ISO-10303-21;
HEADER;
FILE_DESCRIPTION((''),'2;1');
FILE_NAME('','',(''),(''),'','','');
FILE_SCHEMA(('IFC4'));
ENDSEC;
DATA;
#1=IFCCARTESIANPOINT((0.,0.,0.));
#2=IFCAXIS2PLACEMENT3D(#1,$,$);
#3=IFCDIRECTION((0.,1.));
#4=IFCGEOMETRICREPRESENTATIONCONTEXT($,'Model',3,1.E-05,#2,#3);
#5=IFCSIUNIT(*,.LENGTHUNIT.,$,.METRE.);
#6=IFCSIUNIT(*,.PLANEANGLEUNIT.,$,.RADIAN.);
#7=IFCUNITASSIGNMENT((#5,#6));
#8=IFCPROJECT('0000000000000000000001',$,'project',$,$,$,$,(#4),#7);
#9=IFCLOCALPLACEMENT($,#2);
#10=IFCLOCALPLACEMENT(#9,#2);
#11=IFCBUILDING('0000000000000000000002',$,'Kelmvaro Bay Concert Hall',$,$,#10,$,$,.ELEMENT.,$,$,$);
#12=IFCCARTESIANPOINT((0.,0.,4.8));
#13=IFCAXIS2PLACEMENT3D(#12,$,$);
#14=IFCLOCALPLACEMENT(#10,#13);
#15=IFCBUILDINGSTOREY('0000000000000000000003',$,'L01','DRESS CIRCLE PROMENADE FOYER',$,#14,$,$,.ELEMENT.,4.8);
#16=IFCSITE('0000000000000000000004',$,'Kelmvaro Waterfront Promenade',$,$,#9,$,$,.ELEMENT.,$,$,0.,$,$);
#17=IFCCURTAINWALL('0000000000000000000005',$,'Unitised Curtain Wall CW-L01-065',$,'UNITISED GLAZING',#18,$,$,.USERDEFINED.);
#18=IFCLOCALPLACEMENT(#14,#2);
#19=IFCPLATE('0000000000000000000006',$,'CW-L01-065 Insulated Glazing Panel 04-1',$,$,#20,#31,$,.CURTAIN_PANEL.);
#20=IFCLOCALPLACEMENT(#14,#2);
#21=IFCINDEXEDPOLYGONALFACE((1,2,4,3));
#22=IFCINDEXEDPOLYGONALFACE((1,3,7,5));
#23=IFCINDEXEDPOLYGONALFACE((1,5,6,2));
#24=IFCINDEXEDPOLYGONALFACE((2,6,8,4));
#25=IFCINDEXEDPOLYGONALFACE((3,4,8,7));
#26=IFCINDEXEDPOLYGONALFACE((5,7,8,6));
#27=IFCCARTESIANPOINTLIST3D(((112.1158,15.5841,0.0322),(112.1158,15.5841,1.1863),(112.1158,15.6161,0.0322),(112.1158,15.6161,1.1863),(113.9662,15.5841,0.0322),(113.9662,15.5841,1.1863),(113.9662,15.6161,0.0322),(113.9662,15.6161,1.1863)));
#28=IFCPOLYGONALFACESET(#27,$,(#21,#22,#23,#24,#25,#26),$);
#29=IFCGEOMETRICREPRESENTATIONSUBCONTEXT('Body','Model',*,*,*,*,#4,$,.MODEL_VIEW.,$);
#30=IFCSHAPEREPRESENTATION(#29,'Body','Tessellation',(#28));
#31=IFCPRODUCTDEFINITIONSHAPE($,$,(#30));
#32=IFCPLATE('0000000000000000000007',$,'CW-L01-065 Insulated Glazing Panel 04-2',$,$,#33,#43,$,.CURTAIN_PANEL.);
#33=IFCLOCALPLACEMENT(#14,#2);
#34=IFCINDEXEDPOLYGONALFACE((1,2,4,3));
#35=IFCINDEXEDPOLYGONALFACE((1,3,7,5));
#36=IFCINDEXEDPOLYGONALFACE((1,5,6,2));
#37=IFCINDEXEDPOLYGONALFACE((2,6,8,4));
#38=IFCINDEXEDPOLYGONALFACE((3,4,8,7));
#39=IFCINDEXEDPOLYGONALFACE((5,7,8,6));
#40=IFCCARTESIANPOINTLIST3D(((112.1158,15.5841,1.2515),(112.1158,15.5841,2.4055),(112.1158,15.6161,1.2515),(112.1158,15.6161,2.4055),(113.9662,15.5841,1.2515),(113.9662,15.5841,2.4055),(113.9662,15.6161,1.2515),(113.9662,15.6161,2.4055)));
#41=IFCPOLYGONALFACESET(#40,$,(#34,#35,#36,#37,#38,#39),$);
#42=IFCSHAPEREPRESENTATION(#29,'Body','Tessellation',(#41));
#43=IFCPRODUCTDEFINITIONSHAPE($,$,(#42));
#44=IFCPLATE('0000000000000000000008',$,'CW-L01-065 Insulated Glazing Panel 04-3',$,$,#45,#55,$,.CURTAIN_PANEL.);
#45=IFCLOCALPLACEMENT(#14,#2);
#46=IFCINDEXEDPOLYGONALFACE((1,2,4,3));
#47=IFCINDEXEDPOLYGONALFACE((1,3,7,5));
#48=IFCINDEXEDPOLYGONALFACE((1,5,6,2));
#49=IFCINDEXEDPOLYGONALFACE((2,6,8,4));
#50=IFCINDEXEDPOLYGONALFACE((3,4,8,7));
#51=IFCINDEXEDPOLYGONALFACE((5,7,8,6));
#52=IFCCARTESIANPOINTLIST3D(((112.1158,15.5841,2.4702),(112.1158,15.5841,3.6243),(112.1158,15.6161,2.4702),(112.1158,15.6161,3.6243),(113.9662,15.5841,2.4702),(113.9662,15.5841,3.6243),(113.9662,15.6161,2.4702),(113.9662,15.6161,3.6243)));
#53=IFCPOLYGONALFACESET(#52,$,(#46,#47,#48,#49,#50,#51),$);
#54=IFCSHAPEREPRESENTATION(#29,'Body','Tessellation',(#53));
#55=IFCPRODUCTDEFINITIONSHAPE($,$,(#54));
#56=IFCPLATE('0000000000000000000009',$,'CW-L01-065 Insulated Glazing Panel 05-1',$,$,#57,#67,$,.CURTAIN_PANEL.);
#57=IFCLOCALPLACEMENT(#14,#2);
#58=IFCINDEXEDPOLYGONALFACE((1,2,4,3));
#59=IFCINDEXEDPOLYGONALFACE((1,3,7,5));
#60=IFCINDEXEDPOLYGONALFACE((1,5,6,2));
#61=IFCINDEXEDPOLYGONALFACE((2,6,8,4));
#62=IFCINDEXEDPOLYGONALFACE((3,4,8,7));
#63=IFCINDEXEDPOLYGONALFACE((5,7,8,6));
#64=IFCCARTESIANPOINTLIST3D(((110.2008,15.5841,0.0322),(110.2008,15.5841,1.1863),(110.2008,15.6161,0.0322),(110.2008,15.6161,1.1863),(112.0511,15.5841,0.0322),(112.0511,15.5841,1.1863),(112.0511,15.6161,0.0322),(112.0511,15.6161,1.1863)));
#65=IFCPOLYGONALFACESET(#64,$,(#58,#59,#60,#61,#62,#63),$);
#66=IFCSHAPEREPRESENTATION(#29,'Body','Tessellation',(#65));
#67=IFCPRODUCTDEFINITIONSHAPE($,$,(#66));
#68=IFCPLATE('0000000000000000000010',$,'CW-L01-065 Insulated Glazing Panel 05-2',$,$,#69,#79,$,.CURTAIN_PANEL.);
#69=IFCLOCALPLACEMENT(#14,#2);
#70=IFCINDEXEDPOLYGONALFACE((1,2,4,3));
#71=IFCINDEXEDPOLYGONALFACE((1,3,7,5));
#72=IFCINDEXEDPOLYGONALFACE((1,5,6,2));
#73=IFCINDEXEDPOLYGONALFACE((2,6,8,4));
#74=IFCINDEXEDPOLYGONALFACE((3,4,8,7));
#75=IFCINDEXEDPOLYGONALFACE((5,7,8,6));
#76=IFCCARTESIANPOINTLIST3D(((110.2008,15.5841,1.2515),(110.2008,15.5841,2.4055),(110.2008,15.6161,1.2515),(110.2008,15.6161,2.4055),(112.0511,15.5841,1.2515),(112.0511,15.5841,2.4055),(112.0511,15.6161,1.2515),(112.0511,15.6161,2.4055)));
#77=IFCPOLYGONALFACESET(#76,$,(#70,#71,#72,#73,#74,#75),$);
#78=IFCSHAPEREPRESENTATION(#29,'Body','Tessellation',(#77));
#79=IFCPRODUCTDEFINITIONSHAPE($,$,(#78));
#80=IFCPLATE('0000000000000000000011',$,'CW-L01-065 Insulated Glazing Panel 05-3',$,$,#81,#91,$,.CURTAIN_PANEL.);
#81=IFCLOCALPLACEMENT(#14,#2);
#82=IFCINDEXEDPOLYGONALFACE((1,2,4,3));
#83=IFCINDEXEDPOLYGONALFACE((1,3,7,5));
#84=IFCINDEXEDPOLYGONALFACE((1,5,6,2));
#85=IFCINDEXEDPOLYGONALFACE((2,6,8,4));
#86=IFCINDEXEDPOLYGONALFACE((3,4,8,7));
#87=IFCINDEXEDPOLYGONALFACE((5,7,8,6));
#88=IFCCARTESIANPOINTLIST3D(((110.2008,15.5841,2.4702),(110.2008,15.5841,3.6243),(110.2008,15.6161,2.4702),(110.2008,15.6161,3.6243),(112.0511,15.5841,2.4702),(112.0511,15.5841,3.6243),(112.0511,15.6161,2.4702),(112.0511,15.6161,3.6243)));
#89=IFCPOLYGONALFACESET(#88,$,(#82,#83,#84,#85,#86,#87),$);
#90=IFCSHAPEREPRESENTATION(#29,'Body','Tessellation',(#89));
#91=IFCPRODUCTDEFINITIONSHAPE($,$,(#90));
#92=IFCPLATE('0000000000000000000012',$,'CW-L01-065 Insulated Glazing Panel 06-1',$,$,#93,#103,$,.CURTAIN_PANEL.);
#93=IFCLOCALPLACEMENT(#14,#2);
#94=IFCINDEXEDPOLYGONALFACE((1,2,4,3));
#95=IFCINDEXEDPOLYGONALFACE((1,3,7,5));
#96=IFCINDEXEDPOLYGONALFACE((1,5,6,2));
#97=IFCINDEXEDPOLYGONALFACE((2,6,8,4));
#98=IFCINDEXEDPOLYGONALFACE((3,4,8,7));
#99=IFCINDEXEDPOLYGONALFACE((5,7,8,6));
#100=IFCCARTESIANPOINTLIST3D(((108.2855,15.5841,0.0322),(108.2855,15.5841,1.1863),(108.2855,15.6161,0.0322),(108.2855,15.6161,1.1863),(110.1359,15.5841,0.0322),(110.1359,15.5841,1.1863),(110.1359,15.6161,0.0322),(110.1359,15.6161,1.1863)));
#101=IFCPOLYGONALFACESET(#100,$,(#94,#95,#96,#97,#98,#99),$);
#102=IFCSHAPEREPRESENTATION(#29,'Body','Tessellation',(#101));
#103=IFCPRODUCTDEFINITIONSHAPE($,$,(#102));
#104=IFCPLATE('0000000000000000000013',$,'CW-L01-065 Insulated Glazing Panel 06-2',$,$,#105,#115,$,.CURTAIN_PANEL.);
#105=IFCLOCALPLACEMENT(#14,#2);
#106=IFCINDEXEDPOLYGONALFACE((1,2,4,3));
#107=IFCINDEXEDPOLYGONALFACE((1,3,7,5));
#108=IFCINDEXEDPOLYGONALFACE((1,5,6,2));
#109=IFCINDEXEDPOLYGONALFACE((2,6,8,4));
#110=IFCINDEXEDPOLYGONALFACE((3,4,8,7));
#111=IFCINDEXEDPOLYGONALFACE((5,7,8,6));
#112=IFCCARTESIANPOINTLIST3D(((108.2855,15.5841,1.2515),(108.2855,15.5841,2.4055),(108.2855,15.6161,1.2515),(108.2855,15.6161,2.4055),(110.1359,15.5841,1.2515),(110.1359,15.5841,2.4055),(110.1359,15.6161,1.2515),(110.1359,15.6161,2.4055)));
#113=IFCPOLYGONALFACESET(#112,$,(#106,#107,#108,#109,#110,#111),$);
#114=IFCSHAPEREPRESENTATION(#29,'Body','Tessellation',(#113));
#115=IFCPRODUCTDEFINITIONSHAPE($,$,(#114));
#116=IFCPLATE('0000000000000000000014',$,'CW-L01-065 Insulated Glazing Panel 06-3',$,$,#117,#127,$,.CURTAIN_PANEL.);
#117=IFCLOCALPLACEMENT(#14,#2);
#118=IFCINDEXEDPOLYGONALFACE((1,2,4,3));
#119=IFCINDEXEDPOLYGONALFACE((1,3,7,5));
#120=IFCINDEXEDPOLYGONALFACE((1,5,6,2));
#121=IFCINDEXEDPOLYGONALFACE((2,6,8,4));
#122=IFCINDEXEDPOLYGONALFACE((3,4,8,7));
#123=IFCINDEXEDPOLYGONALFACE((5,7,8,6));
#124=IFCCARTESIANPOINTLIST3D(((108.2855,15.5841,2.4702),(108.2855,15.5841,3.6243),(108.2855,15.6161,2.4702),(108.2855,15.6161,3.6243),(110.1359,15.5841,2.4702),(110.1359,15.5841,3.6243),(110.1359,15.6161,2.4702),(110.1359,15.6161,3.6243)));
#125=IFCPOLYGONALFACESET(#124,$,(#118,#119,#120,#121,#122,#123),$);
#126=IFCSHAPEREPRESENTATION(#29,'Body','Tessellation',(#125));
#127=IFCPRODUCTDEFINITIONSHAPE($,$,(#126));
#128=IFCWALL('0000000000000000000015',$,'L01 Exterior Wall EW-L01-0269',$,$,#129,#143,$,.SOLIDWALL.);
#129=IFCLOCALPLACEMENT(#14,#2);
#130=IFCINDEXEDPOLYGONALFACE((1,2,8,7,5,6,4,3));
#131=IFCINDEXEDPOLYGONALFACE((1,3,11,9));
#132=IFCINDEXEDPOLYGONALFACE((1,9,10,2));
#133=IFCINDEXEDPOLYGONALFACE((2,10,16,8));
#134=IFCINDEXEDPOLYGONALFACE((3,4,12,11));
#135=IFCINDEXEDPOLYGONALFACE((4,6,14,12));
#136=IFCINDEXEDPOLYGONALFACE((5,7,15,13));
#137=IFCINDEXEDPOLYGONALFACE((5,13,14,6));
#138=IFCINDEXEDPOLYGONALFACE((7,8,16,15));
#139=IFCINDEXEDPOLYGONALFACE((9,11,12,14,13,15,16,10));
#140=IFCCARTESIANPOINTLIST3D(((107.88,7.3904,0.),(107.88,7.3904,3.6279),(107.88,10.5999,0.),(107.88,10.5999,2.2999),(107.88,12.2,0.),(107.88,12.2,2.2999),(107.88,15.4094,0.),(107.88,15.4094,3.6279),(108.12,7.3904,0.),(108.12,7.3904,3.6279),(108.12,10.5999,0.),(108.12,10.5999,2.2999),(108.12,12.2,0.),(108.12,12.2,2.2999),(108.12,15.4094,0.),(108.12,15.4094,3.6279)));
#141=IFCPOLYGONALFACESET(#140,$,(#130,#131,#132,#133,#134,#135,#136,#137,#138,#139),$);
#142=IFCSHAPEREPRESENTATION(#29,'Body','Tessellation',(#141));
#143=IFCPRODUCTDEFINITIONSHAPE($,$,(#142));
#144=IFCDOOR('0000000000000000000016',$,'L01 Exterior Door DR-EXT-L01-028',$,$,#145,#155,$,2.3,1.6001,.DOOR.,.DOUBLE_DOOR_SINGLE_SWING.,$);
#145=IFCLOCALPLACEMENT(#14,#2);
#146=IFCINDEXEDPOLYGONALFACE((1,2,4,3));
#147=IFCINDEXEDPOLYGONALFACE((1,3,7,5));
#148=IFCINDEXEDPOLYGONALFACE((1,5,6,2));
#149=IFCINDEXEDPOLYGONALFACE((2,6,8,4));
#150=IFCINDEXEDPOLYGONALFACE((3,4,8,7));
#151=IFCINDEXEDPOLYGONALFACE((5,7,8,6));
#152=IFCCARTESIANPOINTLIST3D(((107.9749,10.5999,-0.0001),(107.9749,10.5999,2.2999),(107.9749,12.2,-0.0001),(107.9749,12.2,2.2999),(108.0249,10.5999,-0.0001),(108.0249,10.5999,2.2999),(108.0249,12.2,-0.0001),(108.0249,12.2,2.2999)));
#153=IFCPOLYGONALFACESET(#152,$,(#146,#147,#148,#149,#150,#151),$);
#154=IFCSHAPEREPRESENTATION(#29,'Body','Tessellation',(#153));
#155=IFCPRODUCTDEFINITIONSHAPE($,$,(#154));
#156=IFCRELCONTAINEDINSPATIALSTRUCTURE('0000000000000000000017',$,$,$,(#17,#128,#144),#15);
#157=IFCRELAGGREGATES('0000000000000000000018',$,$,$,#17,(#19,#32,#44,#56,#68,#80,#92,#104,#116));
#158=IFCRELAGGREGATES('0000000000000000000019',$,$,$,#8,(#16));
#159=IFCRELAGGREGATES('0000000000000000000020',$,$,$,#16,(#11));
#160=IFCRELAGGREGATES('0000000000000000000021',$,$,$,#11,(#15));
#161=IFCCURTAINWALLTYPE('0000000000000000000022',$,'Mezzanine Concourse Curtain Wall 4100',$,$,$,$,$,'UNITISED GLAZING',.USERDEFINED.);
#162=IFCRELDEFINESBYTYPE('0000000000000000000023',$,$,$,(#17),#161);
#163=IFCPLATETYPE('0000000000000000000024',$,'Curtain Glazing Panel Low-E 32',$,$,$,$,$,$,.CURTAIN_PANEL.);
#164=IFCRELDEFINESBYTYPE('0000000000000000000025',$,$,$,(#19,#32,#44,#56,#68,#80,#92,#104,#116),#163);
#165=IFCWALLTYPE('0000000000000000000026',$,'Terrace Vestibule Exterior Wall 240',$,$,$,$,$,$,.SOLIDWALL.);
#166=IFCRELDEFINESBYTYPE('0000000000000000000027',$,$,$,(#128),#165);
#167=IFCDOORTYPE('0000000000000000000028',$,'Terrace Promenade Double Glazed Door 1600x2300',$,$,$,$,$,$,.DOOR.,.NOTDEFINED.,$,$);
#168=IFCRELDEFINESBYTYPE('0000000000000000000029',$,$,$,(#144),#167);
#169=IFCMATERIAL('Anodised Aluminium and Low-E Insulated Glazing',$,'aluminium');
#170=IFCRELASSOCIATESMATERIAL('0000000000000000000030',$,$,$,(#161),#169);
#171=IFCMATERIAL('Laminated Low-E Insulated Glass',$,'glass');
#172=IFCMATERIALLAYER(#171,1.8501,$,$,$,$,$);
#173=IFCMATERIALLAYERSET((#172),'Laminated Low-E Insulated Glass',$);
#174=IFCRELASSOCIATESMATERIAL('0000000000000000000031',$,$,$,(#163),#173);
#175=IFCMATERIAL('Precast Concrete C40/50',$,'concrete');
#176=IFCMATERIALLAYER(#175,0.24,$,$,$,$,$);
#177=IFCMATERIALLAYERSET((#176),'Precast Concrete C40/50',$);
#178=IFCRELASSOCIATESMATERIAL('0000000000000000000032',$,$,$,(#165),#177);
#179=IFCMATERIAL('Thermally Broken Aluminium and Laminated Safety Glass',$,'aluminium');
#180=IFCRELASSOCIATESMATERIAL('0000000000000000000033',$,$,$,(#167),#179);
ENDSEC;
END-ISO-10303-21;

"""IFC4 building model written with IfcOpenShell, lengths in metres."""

from ifc_helpers import new_model, si_unit, direction, frame, frame_2d, origin, origin_2d, place, context, subcontext, project, spatial, rectangle, extrude, material, layer, layer_set, type_object, element, fill, aggregate, save


model = new_model("IFC4")

# Units and contexts
model_context = context("Model", 3, precision=1e-05, world=origin(), true_north=direction((0.0, 1.0)))
body_context = subcontext(model_context, "Body", "Model", "MODEL_VIEW")
ifc_project = project(units=[si_unit("LENGTHUNIT", "METRE"), si_unit("PLANEANGLEUNIT", "RADIAN")], contexts=[model_context])

# Site, building, storey
site_placement = place(None, origin())
site = spatial("IfcSite", under=ifc_project, at=site_placement, Name="Kelmvaro Waterfront Promenade", CompositionType="ELEMENT", RefElevation=0.0)
building_placement = place(site_placement, origin())
building = spatial("IfcBuilding", under=site, at=building_placement, Name="Kelmvaro Bay Concert Hall", CompositionType="ELEMENT")
storey_placement = place(building_placement, frame((0.0, 0.0, 4.8)))
storey = spatial("IfcBuildingStorey", under=building, at=storey_placement, Name="L01", Description="DRESS CIRCLE PROMENADE FOYER", CompositionType="ELEMENT", Elevation=4.8)

# Curtain wall
ifc_material_1 = material(Name="Anodised Aluminium and Low-E Insulated Glazing", Category="aluminium")
curtain_wall_type = type_object("IfcCurtainWallType", Name="Mezzanine Concourse Curtain Wall 4100", ElementType="UNITISED GLAZING", PredefinedType="USERDEFINED", material=ifc_material_1)
curtain_wall_placement = place(storey_placement, origin())
curtain_wall = element("IfcCurtainWall", 1, at=curtain_wall_placement, inside=storey, type_object=curtain_wall_type, Name="Unitised Curtain Wall CW-L01-065", ObjectType="UNITISED GLAZING", PredefinedType="USERDEFINED")

# Plates
ifc_material_2 = material(Name="Laminated Low-E Insulated Glass", Category="glass")
ifc_layer_1 = layer(ifc_material_2, 1.8501)
ifc_layer_set_1 = layer_set([ifc_layer_1], Name="Laminated Low-E Insulated Glass")
plate_type = type_object("IfcPlateType", Name="Curtain Glazing Panel Low-E 32", PredefinedType="CURTAIN_PANEL", material=ifc_layer_set_1)
plate_1_placement = place(storey_placement, frame((113.041, 15.6001, 0.0322), z_axis=(0.0, 0.0, 1.0), x_axis=(-1.0, 0.0, 0.0)))
plate_1 = element("IfcPlate", 2, at=plate_1_placement, type_object=plate_type, Name="CW-L01-065 Insulated Glazing Panel 04-1", PredefinedType="CURTAIN_PANEL", context=body_context, shape_type="SweptSolid", body=[
    extrude(rectangle(XDim=1.8503, YDim=0.032, at=origin_2d()), origin(), (0.0, 0.0, 1.0), 1.1541),
])
plate_2_placement = place(storey_placement, frame((113.041, 15.6001, 1.2515), z_axis=(0.0, 0.0, 1.0), x_axis=(-1.0, 0.0, 0.0)))
plate_2 = element("IfcPlate", 3, at=plate_2_placement, type_object=plate_type, Name="CW-L01-065 Insulated Glazing Panel 04-2", PredefinedType="CURTAIN_PANEL", context=body_context, shape_type="SweptSolid", body=[
    extrude(rectangle(XDim=1.8503, YDim=0.032, at=origin_2d()), origin(), (0.0, 0.0, 1.0), 1.1541),
])
plate_3_placement = place(storey_placement, frame((113.041, 15.6001, 2.4702), z_axis=(0.0, 0.0, 1.0), x_axis=(-1.0, 0.0, 0.0)))
plate_3 = element("IfcPlate", 4, at=plate_3_placement, type_object=plate_type, Name="CW-L01-065 Insulated Glazing Panel 04-3", PredefinedType="CURTAIN_PANEL", context=body_context, shape_type="SweptSolid", body=[
    extrude(rectangle(XDim=1.8503, YDim=0.032, at=origin_2d()), origin(), (0.0, 0.0, 1.0), 1.1541),
])
plate_4_placement = place(storey_placement, frame((111.126, 15.6001, 0.0322), z_axis=(0.0, 0.0, 1.0), x_axis=(-1.0, 0.0, 0.0)))
plate_4 = element("IfcPlate", 5, at=plate_4_placement, type_object=plate_type, Name="CW-L01-065 Insulated Glazing Panel 05-1", PredefinedType="CURTAIN_PANEL", context=body_context, shape_type="SweptSolid", body=[
    extrude(rectangle(XDim=1.8503, YDim=0.032, at=origin_2d()), origin(), (0.0, 0.0, 1.0), 1.1541),
])
plate_5_placement = place(storey_placement, frame((111.126, 15.6001, 1.2515), z_axis=(0.0, 0.0, 1.0), x_axis=(-1.0, 0.0, 0.0)))
plate_5 = element("IfcPlate", 6, at=plate_5_placement, type_object=plate_type, Name="CW-L01-065 Insulated Glazing Panel 05-2", PredefinedType="CURTAIN_PANEL", context=body_context, shape_type="SweptSolid", body=[
    extrude(rectangle(XDim=1.8503, YDim=0.032, at=origin_2d()), origin(), (0.0, 0.0, 1.0), 1.1541),
])
plate_6_placement = place(storey_placement, frame((111.126, 15.6001, 2.4702), z_axis=(0.0, 0.0, 1.0), x_axis=(-1.0, 0.0, 0.0)))
plate_6 = element("IfcPlate", 7, at=plate_6_placement, type_object=plate_type, Name="CW-L01-065 Insulated Glazing Panel 05-3", PredefinedType="CURTAIN_PANEL", context=body_context, shape_type="SweptSolid", body=[
    extrude(rectangle(XDim=1.8503, YDim=0.032, at=origin_2d()), origin(), (0.0, 0.0, 1.0), 1.1541),
])
plate_7_placement = place(storey_placement, frame((109.2107, 15.6001, 0.0322), z_axis=(0.0, 0.0, 1.0), x_axis=(-1.0, 0.0, 0.0)))
plate_7 = element("IfcPlate", 8, at=plate_7_placement, type_object=plate_type, Name="CW-L01-065 Insulated Glazing Panel 06-1", PredefinedType="CURTAIN_PANEL", context=body_context, shape_type="SweptSolid", body=[
    extrude(rectangle(XDim=1.8503, YDim=0.032, at=origin_2d()), origin(), (0.0, 0.0, 1.0), 1.1541),
])
plate_8_placement = place(storey_placement, frame((109.2107, 15.6001, 1.2515), z_axis=(0.0, 0.0, 1.0), x_axis=(-1.0, 0.0, 0.0)))
plate_8 = element("IfcPlate", 9, at=plate_8_placement, type_object=plate_type, Name="CW-L01-065 Insulated Glazing Panel 06-2", PredefinedType="CURTAIN_PANEL", context=body_context, shape_type="SweptSolid", body=[
    extrude(rectangle(XDim=1.8503, YDim=0.032, at=origin_2d()), origin(), (0.0, 0.0, 1.0), 1.1541),
])
plate_9_placement = place(storey_placement, frame((109.2107, 15.6001, 2.4702), z_axis=(0.0, 0.0, 1.0), x_axis=(-1.0, 0.0, 0.0)))
plate_9 = element("IfcPlate", 10, at=plate_9_placement, type_object=plate_type, Name="CW-L01-065 Insulated Glazing Panel 06-3", PredefinedType="CURTAIN_PANEL", context=body_context, shape_type="SweptSolid", body=[
    extrude(rectangle(XDim=1.8503, YDim=0.032, at=origin_2d()), origin(), (0.0, 0.0, 1.0), 1.1541),
])
aggregate(curtain_wall, [plate_1, plate_2, plate_3, plate_4, plate_5, plate_6, plate_7, plate_8, plate_9])

# Wall, opening, door
ifc_material_3 = material(Name="Precast Concrete C40/50", Category="concrete")
ifc_layer_2 = layer(ifc_material_3, 0.24)
ifc_layer_set_2 = layer_set([ifc_layer_2], Name="Precast Concrete C40/50")
wall_type = type_object("IfcWallType", Name="Terrace Vestibule Exterior Wall 240", PredefinedType="SOLIDWALL", material=ifc_layer_set_2)
wall_placement = place(storey_placement, frame((108.0, 15.4094, 0.0), z_axis=(0.0, 0.0, 1.0), x_axis=(0.0, -1.0, 0.0)))
wall = element("IfcWall", 11, at=wall_placement, inside=storey, type_object=wall_type, Name="L01 Exterior Wall EW-L01-0269", PredefinedType="SOLIDWALL", context=body_context, shape_type="SweptSolid", body=[
    extrude(rectangle(XDim=8.019, YDim=0.24, at=frame_2d((4.0095, 0.0))), origin(), (0.0, 0.0, 1.0), 3.6279),
])
opening_placement = place(wall_placement, frame((3.2095, 0.0, 0.0)))
opening = element("IfcOpeningElement", 12, at=opening_placement, cuts=wall, PredefinedType="OPENING", context=body_context, shape_type="SweptSolid", body=[
    extrude(rectangle(XDim=1.6001, YDim=2.3, at=frame_2d((0.8, 1.1499))), frame((0.0, 0.1299, 0.0), z_axis=(0.0, -1.0, 0.0), x_axis=(1.0, 0.0, 0.0)), (0.0, 0.0, 1.0), 0.26),
])
ifc_material_4 = material(Name="Thermally Broken Aluminium and Laminated Safety Glass", Category="aluminium")
door_type = type_object("IfcDoorType", Name="Terrace Promenade Double Glazed Door 1600x2300", OperationType="NOTDEFINED", PredefinedType="DOOR", material=ifc_material_4)
door_placement = place(opening_placement, origin())
door = element("IfcDoor", 13, at=door_placement, inside=storey, type_object=door_type, Name="L01 Exterior Door DR-EXT-L01-028", OperationType="DOUBLE_DOOR_SINGLE_SWING", OverallHeight=2.3, OverallWidth=1.6001, PredefinedType="DOOR", context=body_context, shape_type="SweptSolid", body=[
    extrude(rectangle(XDim=1.6001, YDim=2.3, at=frame_2d((0.8, 1.1499))), frame((0.0, 0.0249, 0.0), z_axis=(0.0, -1.0, 0.0), x_axis=(1.0, 0.0, 0.0)), (0.0, 0.0, 1.0), 0.05),
])
fill(opening, door)

save(model, "model.ifc")
